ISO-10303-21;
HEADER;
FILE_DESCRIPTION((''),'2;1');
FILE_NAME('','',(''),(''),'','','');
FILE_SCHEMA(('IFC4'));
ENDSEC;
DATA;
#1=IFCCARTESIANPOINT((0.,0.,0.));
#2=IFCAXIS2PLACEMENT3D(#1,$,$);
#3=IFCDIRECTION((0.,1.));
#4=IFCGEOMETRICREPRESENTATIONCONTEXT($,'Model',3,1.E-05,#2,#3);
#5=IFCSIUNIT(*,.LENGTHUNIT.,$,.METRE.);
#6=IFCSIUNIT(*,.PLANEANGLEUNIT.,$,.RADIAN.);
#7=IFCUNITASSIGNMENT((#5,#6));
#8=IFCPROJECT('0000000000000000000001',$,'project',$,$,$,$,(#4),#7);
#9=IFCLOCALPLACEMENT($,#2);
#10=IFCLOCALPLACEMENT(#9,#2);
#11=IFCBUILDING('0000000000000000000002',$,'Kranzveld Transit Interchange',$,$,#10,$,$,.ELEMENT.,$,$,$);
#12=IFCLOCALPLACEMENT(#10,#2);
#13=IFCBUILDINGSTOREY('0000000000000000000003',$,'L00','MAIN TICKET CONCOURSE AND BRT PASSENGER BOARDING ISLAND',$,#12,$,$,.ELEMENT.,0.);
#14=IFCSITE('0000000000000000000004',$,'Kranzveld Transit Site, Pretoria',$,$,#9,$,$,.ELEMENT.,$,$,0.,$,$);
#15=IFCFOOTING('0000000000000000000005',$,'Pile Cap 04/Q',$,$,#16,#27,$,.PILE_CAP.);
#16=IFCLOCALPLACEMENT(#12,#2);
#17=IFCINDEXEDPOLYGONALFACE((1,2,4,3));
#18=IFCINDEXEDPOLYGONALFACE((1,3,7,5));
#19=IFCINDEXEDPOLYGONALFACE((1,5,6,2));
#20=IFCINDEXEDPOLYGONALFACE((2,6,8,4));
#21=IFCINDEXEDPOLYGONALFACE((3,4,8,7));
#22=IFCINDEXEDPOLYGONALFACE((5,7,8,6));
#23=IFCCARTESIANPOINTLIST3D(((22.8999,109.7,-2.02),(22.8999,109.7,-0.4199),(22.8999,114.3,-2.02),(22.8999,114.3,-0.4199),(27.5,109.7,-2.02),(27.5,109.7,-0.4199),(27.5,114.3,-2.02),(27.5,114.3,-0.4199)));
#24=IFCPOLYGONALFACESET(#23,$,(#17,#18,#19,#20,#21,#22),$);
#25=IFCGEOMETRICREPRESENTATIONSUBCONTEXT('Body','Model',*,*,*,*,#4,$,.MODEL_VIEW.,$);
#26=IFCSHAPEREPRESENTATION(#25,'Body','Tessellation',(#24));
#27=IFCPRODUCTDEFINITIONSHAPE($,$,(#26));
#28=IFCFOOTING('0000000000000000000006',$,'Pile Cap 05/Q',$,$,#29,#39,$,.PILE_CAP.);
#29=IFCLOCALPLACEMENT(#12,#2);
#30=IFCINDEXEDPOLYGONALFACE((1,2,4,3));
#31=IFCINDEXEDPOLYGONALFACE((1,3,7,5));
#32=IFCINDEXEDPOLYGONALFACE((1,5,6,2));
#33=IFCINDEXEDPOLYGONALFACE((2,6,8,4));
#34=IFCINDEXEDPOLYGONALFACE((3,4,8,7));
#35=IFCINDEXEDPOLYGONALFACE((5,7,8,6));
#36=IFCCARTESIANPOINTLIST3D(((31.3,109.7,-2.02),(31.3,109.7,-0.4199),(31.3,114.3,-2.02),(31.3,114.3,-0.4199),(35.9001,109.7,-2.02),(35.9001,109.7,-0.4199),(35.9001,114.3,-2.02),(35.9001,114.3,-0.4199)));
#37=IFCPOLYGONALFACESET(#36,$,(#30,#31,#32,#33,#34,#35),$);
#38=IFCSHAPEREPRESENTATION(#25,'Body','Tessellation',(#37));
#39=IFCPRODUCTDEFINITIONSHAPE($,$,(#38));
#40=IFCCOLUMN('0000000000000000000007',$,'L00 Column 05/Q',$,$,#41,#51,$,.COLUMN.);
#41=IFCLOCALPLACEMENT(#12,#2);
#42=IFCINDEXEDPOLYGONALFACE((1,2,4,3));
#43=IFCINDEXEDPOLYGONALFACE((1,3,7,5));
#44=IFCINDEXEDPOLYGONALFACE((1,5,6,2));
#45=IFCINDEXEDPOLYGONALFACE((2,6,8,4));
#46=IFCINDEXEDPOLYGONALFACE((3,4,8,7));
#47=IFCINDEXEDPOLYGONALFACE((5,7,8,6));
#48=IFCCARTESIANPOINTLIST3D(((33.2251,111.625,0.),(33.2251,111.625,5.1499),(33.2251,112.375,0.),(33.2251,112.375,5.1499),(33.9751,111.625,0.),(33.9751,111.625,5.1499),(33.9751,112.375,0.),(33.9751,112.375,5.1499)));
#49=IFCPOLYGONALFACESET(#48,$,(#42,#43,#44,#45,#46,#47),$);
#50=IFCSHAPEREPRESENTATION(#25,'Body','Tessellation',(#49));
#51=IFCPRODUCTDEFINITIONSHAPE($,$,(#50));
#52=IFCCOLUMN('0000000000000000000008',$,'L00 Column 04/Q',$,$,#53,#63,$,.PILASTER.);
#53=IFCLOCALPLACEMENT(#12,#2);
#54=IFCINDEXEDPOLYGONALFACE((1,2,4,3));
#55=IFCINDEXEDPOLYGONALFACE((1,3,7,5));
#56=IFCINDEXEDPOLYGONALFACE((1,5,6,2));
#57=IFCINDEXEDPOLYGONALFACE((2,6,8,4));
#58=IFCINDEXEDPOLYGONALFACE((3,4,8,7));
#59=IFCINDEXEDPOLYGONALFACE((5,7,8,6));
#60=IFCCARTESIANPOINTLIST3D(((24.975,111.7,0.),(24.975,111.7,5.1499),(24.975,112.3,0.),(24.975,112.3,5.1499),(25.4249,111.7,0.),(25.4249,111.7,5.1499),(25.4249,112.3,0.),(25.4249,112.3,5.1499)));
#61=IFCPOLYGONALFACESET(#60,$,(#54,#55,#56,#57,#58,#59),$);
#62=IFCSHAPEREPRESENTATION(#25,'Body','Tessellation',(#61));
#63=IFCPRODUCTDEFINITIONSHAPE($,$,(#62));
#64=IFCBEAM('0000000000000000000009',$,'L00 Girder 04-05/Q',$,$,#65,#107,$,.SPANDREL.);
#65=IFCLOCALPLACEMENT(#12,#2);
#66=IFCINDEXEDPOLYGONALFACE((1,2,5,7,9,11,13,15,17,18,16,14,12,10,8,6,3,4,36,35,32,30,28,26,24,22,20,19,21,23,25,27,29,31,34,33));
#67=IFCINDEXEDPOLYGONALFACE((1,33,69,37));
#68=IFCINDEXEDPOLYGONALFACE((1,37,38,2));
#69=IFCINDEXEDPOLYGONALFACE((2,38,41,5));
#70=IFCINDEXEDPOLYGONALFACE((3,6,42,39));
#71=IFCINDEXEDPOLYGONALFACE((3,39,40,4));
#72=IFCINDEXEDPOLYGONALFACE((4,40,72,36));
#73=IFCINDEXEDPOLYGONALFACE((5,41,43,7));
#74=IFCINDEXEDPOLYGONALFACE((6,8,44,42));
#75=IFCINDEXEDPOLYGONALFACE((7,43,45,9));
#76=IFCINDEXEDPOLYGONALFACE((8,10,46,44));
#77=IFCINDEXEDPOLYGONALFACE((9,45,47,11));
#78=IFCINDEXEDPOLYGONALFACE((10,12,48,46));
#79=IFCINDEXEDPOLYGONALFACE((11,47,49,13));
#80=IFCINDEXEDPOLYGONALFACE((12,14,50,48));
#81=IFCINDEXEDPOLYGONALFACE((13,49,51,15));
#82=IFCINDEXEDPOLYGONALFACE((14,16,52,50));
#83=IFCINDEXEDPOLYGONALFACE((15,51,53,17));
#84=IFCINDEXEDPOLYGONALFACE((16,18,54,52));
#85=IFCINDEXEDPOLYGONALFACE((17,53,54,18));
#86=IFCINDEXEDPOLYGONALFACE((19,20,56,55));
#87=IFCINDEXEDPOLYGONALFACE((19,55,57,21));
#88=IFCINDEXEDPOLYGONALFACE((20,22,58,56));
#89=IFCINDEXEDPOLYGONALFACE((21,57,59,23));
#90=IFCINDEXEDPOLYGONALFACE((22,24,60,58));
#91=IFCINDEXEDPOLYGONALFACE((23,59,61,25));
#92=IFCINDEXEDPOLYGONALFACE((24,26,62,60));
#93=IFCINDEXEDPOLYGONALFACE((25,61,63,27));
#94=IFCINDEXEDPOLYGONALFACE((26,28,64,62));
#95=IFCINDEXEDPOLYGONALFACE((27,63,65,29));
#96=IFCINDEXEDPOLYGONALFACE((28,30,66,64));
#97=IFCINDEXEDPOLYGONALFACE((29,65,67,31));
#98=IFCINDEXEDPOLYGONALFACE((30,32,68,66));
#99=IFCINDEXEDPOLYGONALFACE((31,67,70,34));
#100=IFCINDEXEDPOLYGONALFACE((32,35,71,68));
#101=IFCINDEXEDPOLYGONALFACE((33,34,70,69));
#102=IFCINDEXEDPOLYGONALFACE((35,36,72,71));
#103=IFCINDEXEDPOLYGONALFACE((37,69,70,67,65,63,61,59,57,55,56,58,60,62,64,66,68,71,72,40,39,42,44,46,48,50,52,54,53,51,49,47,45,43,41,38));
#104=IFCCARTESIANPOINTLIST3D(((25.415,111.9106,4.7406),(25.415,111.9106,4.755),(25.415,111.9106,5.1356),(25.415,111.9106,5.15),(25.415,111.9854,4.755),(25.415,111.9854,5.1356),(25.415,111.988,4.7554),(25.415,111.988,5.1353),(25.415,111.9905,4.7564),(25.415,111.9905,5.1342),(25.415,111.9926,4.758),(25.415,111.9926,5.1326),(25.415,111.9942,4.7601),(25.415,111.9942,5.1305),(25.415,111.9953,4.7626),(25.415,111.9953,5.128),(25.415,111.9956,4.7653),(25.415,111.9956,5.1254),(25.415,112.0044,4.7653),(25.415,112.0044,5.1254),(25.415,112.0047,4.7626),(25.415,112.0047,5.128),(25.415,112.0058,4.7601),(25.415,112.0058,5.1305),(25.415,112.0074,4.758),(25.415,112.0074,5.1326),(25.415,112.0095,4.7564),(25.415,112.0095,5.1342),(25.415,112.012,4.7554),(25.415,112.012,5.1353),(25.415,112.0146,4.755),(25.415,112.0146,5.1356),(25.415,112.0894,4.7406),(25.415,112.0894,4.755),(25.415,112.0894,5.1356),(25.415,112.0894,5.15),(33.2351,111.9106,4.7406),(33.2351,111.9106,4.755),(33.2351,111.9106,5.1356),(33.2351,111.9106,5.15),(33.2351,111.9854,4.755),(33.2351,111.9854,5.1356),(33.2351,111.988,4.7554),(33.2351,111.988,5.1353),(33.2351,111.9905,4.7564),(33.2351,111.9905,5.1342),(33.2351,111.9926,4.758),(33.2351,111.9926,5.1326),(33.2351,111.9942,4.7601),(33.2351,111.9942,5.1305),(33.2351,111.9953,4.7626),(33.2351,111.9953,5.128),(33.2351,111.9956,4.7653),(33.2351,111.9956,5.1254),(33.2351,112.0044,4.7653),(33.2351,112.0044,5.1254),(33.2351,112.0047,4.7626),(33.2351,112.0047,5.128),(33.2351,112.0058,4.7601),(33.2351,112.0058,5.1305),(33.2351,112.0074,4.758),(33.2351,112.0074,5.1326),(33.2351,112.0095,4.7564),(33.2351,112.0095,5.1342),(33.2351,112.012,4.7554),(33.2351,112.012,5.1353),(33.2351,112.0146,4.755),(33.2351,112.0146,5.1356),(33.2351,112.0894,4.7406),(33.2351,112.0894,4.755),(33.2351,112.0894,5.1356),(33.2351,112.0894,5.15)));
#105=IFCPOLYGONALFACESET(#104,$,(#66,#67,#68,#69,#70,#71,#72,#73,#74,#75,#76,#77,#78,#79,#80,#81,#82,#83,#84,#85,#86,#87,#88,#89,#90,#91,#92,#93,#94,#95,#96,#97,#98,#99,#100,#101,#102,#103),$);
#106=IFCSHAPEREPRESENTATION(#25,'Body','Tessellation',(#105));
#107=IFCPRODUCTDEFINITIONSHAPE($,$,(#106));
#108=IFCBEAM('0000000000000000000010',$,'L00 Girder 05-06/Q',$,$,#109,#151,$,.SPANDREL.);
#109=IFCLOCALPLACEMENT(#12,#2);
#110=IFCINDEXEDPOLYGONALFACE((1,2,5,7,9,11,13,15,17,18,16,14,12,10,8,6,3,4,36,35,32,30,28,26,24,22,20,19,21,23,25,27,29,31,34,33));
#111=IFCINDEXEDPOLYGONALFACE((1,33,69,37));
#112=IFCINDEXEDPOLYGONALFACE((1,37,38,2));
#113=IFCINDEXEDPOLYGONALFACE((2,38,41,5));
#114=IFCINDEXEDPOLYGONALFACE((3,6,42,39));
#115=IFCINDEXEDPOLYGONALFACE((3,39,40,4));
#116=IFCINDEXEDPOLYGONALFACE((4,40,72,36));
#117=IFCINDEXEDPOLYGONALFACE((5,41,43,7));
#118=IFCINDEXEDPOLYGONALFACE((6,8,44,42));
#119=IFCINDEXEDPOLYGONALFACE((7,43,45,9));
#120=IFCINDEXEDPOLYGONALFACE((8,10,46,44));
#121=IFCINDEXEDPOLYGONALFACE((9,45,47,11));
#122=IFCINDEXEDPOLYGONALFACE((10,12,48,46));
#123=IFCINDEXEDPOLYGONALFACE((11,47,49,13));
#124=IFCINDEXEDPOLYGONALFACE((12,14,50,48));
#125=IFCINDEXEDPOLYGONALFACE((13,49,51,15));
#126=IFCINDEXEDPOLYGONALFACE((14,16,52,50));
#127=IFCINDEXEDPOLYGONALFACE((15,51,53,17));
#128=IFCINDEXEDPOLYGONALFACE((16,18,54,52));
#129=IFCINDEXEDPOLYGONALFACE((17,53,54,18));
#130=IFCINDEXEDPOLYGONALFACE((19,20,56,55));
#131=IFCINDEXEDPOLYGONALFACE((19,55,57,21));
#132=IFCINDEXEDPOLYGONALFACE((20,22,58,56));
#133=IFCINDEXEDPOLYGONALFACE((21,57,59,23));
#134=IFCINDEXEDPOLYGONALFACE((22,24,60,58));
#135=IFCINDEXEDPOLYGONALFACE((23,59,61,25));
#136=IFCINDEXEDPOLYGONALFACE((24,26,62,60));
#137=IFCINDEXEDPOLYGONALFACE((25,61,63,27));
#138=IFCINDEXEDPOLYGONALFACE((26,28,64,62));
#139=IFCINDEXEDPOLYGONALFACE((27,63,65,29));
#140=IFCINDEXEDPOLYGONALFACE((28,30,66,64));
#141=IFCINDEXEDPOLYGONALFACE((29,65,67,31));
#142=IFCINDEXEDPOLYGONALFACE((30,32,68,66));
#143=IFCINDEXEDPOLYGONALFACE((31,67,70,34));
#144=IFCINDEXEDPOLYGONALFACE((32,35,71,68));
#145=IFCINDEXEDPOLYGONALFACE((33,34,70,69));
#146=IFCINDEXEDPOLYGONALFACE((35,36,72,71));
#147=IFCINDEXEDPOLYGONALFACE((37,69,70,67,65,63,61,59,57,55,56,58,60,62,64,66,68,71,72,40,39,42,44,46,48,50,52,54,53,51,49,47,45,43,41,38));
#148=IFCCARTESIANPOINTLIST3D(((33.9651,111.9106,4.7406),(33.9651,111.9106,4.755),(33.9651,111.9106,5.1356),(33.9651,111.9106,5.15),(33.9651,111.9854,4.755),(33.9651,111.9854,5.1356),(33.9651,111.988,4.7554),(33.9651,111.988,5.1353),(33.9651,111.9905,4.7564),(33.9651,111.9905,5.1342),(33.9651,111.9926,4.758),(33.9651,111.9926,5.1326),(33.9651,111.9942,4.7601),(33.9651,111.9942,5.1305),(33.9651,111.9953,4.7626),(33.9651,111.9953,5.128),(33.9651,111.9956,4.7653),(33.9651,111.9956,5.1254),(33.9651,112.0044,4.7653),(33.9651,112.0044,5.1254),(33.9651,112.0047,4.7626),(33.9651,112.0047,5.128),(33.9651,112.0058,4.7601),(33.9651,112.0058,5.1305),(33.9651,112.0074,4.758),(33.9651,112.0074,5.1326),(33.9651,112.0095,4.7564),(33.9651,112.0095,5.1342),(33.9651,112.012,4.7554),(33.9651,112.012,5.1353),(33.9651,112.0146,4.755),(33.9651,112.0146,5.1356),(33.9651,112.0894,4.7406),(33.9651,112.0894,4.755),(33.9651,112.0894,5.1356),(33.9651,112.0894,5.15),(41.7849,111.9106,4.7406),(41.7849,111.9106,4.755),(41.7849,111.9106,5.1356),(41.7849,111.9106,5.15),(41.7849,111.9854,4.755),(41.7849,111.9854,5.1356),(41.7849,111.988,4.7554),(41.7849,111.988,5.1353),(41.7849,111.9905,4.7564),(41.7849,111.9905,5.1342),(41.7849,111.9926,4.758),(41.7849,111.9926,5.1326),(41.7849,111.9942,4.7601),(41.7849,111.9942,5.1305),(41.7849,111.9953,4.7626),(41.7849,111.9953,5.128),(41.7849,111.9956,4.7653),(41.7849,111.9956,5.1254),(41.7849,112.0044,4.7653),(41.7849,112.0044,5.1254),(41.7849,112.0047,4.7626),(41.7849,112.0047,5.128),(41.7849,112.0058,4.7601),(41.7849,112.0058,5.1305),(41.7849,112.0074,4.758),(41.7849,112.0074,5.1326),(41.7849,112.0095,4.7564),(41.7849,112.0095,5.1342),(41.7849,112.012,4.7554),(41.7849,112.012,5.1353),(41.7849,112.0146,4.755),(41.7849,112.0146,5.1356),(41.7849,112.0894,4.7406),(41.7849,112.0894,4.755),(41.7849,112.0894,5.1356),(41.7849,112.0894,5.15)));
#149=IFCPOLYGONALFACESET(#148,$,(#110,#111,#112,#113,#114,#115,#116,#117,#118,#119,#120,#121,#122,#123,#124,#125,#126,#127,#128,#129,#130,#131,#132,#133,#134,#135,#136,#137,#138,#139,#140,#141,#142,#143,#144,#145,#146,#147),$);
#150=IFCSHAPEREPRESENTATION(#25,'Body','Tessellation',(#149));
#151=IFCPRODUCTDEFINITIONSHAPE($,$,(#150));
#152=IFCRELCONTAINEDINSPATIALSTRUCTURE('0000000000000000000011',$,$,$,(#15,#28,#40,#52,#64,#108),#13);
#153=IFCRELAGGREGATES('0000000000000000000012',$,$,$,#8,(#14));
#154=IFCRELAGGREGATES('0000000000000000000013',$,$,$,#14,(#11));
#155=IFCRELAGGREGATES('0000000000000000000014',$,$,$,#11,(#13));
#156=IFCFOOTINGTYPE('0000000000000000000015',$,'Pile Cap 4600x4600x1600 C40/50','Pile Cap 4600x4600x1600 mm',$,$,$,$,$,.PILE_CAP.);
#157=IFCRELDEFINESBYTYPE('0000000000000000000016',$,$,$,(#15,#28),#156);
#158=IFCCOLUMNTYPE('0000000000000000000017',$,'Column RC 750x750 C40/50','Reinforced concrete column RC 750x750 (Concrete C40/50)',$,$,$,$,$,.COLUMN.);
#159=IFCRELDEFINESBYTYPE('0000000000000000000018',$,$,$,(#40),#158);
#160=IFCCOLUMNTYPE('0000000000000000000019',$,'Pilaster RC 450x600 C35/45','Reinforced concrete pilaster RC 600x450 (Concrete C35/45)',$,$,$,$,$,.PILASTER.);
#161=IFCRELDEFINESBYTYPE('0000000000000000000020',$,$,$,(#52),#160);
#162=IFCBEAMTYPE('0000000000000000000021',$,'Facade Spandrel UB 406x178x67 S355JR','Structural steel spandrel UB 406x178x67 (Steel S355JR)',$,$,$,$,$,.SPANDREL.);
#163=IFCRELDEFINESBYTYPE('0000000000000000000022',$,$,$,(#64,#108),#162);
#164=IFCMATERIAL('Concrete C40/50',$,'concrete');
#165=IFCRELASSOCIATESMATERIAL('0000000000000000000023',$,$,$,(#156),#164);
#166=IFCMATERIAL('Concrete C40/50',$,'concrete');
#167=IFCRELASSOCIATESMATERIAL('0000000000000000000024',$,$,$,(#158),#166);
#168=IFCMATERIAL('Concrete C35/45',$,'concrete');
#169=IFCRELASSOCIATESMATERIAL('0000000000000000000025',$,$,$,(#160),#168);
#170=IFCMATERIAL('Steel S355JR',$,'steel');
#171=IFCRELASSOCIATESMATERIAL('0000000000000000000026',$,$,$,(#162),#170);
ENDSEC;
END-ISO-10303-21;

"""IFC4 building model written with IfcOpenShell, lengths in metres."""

from ifc_helpers import new_model, si_unit, direction, frame, origin, origin_2d, place, context, subcontext, project, spatial, rectangle, i_section, extrude, material, material_profile, profile_set, type_object, element, save


model = new_model("IFC4")

# Units and contexts
model_context = context("Model", 3, precision=1e-05, world=origin(), true_north=direction((0.0, 1.0)))
body_context = subcontext(model_context, "Body", "Model", "MODEL_VIEW")
ifc_project = project(units=[si_unit("LENGTHUNIT", "METRE"), si_unit("PLANEANGLEUNIT", "RADIAN")], contexts=[model_context])

# Site, building, storey
site_placement = place(None, origin())
site = spatial("IfcSite", under=ifc_project, at=site_placement, Name="Kranzveld Transit Site, Pretoria", CompositionType="ELEMENT", RefElevation=0.0)
building_placement = place(site_placement, origin())
building = spatial("IfcBuilding", under=site, at=building_placement, Name="Kranzveld Transit Interchange", CompositionType="ELEMENT")
storey_placement = place(building_placement, origin())
storey = spatial("IfcBuildingStorey", under=building, at=storey_placement, Name="L00", Description="MAIN TICKET CONCOURSE AND BRT PASSENGER BOARDING ISLAND", CompositionType="ELEMENT", Elevation=0.0)

# Footings
ifc_material_1 = material(Name="Concrete C40/50", Category="concrete")
footing_type_1 = type_object("IfcFootingType", Name="Pile Cap 4600x4600x1600 C40/50", Description="Pile Cap 4600x4600x1600 mm", PredefinedType="PILE_CAP", material=ifc_material_1)
for number, where, z_axis, x_axis, name in (
    (1, (25.2, 112.0, -2.02), (0.0, 0.0, 1.0), (1.0, 0.0, 0.0), "Pile Cap 04/Q"),
    (2, (33.6001, 112.0, -2.02), (0.0, 0.0, 1.0), (1.0, 0.0, 0.0), "Pile Cap 05/Q"),
):
    element("IfcFooting", number, at=place(storey_placement, frame(where, z_axis=z_axis, x_axis=x_axis)), inside=storey, type_object=footing_type_1, Name=name, PredefinedType="PILE_CAP", context=body_context, shape_type="SweptSolid", body=[
        extrude(rectangle(XDim=4.6001, YDim=4.6001, at=origin_2d()), origin(), (0.0, 0.0, 1.0), 1.6001),
    ])

# Columns
ifc_material_2 = material(Name="Concrete C40/50", Category="concrete")
ifc_material_profile_1 = material_profile(ifc_material_2, rectangle(XDim=0.75, YDim=0.75, at=origin_2d()), Name="RC 750x750")
ifc_profile_set_1 = profile_set([ifc_material_profile_1], Name="Concrete C40/50")
column_type_1 = type_object("IfcColumnType", Name="Column RC 750x750 C40/50", Description="Reinforced concrete column RC 750x750 (Concrete C40/50)", PredefinedType="COLUMN", material=ifc_profile_set_1)
column_1_placement = place(storey_placement, frame((33.6001, 112.0, 0.0), z_axis=(0.0, 0.0, 1.0), x_axis=(1.0, 0.0, 0.0)))
element("IfcColumn", 3, at=column_1_placement, inside=storey, type_object=column_type_1, Name="L00 Column 05/Q", PredefinedType="COLUMN", context=body_context, shape_type="SweptSolid", body=[
    extrude(rectangle(XDim=0.75, YDim=0.75, at=origin_2d()), origin(), (0.0, 0.0, 1.0), 5.1499),
])
ifc_material_3 = material(Name="Concrete C35/45", Category="concrete")
ifc_material_profile_2 = material_profile(ifc_material_3, rectangle(XDim=0.45, YDim=0.6001, at=origin_2d()), Name="RC 600x450")
ifc_profile_set_2 = profile_set([ifc_material_profile_2], Name="Concrete C35/45")
column_type_2 = type_object("IfcColumnType", Name="Pilaster RC 450x600 C35/45", Description="Reinforced concrete pilaster RC 600x450 (Concrete C35/45)", PredefinedType="PILASTER", material=ifc_profile_set_2)
column_2_placement = place(storey_placement, frame((25.2, 112.0, 0.0), z_axis=(0.0, 0.0, 1.0), x_axis=(1.0, 0.0, 0.0)))
element("IfcColumn", 4, at=column_2_placement, inside=storey, type_object=column_type_2, Name="L00 Column 04/Q", PredefinedType="PILASTER", context=body_context, shape_type="SweptSolid", body=[
    extrude(rectangle(XDim=0.45, YDim=0.6001, at=origin_2d()), origin(), (0.0, 0.0, 1.0), 5.1499),
])

# Beams
ifc_material_4 = material(Name="Steel S355JR", Category="steel")
ifc_material_profile_3 = material_profile(ifc_material_4, i_section(OverallWidth=0.1787, OverallDepth=0.4094, WebThickness=0.0088, FlangeThickness=0.0144, FilletRadius=0.0103, at=origin_2d()), Name="UB 406x178x67")
ifc_profile_set_3 = profile_set([ifc_material_profile_3], Name="Steel S355JR")
beam_type_1 = type_object("IfcBeamType", Name="Facade Spandrel UB 406x178x67 S355JR", Description="Structural steel spandrel UB 406x178x67 (Steel S355JR)", PredefinedType="SPANDREL", material=ifc_profile_set_3)
beam_1_placement = place(storey_placement, frame((25.415, 112.0, 4.9453), z_axis=(1.0, 0.0, 0.0), x_axis=(0.0, 1.0, 0.0)))
element("IfcBeam", 5, at=beam_1_placement, inside=storey, type_object=beam_type_1, Name="L00 Girder 04-05/Q", PredefinedType="SPANDREL", context=body_context, shape_type="SweptSolid", body=[
    extrude(i_section(OverallWidth=0.1787, OverallDepth=0.4094, WebThickness=0.0088, FlangeThickness=0.0144, FilletRadius=0.0103, at=origin_2d()), origin(), (0.0, 0.0, 1.0), 7.8201),
])
beam_2_placement = place(storey_placement, frame((33.9651, 112.0, 4.9453), z_axis=(1.0, 0.0, 0.0), x_axis=(0.0, 1.0, 0.0)))
element("IfcBeam", 6, at=beam_2_placement, inside=storey, type_object=beam_type_1, Name="L00 Girder 05-06/Q", PredefinedType="SPANDREL", context=body_context, shape_type="SweptSolid", body=[
    extrude(i_section(OverallWidth=0.1787, OverallDepth=0.4094, WebThickness=0.0088, FlangeThickness=0.0144, FilletRadius=0.0103, at=origin_2d()), origin(), (0.0, 0.0, 1.0), 7.8198),
])

save(model, "model.ifc")
